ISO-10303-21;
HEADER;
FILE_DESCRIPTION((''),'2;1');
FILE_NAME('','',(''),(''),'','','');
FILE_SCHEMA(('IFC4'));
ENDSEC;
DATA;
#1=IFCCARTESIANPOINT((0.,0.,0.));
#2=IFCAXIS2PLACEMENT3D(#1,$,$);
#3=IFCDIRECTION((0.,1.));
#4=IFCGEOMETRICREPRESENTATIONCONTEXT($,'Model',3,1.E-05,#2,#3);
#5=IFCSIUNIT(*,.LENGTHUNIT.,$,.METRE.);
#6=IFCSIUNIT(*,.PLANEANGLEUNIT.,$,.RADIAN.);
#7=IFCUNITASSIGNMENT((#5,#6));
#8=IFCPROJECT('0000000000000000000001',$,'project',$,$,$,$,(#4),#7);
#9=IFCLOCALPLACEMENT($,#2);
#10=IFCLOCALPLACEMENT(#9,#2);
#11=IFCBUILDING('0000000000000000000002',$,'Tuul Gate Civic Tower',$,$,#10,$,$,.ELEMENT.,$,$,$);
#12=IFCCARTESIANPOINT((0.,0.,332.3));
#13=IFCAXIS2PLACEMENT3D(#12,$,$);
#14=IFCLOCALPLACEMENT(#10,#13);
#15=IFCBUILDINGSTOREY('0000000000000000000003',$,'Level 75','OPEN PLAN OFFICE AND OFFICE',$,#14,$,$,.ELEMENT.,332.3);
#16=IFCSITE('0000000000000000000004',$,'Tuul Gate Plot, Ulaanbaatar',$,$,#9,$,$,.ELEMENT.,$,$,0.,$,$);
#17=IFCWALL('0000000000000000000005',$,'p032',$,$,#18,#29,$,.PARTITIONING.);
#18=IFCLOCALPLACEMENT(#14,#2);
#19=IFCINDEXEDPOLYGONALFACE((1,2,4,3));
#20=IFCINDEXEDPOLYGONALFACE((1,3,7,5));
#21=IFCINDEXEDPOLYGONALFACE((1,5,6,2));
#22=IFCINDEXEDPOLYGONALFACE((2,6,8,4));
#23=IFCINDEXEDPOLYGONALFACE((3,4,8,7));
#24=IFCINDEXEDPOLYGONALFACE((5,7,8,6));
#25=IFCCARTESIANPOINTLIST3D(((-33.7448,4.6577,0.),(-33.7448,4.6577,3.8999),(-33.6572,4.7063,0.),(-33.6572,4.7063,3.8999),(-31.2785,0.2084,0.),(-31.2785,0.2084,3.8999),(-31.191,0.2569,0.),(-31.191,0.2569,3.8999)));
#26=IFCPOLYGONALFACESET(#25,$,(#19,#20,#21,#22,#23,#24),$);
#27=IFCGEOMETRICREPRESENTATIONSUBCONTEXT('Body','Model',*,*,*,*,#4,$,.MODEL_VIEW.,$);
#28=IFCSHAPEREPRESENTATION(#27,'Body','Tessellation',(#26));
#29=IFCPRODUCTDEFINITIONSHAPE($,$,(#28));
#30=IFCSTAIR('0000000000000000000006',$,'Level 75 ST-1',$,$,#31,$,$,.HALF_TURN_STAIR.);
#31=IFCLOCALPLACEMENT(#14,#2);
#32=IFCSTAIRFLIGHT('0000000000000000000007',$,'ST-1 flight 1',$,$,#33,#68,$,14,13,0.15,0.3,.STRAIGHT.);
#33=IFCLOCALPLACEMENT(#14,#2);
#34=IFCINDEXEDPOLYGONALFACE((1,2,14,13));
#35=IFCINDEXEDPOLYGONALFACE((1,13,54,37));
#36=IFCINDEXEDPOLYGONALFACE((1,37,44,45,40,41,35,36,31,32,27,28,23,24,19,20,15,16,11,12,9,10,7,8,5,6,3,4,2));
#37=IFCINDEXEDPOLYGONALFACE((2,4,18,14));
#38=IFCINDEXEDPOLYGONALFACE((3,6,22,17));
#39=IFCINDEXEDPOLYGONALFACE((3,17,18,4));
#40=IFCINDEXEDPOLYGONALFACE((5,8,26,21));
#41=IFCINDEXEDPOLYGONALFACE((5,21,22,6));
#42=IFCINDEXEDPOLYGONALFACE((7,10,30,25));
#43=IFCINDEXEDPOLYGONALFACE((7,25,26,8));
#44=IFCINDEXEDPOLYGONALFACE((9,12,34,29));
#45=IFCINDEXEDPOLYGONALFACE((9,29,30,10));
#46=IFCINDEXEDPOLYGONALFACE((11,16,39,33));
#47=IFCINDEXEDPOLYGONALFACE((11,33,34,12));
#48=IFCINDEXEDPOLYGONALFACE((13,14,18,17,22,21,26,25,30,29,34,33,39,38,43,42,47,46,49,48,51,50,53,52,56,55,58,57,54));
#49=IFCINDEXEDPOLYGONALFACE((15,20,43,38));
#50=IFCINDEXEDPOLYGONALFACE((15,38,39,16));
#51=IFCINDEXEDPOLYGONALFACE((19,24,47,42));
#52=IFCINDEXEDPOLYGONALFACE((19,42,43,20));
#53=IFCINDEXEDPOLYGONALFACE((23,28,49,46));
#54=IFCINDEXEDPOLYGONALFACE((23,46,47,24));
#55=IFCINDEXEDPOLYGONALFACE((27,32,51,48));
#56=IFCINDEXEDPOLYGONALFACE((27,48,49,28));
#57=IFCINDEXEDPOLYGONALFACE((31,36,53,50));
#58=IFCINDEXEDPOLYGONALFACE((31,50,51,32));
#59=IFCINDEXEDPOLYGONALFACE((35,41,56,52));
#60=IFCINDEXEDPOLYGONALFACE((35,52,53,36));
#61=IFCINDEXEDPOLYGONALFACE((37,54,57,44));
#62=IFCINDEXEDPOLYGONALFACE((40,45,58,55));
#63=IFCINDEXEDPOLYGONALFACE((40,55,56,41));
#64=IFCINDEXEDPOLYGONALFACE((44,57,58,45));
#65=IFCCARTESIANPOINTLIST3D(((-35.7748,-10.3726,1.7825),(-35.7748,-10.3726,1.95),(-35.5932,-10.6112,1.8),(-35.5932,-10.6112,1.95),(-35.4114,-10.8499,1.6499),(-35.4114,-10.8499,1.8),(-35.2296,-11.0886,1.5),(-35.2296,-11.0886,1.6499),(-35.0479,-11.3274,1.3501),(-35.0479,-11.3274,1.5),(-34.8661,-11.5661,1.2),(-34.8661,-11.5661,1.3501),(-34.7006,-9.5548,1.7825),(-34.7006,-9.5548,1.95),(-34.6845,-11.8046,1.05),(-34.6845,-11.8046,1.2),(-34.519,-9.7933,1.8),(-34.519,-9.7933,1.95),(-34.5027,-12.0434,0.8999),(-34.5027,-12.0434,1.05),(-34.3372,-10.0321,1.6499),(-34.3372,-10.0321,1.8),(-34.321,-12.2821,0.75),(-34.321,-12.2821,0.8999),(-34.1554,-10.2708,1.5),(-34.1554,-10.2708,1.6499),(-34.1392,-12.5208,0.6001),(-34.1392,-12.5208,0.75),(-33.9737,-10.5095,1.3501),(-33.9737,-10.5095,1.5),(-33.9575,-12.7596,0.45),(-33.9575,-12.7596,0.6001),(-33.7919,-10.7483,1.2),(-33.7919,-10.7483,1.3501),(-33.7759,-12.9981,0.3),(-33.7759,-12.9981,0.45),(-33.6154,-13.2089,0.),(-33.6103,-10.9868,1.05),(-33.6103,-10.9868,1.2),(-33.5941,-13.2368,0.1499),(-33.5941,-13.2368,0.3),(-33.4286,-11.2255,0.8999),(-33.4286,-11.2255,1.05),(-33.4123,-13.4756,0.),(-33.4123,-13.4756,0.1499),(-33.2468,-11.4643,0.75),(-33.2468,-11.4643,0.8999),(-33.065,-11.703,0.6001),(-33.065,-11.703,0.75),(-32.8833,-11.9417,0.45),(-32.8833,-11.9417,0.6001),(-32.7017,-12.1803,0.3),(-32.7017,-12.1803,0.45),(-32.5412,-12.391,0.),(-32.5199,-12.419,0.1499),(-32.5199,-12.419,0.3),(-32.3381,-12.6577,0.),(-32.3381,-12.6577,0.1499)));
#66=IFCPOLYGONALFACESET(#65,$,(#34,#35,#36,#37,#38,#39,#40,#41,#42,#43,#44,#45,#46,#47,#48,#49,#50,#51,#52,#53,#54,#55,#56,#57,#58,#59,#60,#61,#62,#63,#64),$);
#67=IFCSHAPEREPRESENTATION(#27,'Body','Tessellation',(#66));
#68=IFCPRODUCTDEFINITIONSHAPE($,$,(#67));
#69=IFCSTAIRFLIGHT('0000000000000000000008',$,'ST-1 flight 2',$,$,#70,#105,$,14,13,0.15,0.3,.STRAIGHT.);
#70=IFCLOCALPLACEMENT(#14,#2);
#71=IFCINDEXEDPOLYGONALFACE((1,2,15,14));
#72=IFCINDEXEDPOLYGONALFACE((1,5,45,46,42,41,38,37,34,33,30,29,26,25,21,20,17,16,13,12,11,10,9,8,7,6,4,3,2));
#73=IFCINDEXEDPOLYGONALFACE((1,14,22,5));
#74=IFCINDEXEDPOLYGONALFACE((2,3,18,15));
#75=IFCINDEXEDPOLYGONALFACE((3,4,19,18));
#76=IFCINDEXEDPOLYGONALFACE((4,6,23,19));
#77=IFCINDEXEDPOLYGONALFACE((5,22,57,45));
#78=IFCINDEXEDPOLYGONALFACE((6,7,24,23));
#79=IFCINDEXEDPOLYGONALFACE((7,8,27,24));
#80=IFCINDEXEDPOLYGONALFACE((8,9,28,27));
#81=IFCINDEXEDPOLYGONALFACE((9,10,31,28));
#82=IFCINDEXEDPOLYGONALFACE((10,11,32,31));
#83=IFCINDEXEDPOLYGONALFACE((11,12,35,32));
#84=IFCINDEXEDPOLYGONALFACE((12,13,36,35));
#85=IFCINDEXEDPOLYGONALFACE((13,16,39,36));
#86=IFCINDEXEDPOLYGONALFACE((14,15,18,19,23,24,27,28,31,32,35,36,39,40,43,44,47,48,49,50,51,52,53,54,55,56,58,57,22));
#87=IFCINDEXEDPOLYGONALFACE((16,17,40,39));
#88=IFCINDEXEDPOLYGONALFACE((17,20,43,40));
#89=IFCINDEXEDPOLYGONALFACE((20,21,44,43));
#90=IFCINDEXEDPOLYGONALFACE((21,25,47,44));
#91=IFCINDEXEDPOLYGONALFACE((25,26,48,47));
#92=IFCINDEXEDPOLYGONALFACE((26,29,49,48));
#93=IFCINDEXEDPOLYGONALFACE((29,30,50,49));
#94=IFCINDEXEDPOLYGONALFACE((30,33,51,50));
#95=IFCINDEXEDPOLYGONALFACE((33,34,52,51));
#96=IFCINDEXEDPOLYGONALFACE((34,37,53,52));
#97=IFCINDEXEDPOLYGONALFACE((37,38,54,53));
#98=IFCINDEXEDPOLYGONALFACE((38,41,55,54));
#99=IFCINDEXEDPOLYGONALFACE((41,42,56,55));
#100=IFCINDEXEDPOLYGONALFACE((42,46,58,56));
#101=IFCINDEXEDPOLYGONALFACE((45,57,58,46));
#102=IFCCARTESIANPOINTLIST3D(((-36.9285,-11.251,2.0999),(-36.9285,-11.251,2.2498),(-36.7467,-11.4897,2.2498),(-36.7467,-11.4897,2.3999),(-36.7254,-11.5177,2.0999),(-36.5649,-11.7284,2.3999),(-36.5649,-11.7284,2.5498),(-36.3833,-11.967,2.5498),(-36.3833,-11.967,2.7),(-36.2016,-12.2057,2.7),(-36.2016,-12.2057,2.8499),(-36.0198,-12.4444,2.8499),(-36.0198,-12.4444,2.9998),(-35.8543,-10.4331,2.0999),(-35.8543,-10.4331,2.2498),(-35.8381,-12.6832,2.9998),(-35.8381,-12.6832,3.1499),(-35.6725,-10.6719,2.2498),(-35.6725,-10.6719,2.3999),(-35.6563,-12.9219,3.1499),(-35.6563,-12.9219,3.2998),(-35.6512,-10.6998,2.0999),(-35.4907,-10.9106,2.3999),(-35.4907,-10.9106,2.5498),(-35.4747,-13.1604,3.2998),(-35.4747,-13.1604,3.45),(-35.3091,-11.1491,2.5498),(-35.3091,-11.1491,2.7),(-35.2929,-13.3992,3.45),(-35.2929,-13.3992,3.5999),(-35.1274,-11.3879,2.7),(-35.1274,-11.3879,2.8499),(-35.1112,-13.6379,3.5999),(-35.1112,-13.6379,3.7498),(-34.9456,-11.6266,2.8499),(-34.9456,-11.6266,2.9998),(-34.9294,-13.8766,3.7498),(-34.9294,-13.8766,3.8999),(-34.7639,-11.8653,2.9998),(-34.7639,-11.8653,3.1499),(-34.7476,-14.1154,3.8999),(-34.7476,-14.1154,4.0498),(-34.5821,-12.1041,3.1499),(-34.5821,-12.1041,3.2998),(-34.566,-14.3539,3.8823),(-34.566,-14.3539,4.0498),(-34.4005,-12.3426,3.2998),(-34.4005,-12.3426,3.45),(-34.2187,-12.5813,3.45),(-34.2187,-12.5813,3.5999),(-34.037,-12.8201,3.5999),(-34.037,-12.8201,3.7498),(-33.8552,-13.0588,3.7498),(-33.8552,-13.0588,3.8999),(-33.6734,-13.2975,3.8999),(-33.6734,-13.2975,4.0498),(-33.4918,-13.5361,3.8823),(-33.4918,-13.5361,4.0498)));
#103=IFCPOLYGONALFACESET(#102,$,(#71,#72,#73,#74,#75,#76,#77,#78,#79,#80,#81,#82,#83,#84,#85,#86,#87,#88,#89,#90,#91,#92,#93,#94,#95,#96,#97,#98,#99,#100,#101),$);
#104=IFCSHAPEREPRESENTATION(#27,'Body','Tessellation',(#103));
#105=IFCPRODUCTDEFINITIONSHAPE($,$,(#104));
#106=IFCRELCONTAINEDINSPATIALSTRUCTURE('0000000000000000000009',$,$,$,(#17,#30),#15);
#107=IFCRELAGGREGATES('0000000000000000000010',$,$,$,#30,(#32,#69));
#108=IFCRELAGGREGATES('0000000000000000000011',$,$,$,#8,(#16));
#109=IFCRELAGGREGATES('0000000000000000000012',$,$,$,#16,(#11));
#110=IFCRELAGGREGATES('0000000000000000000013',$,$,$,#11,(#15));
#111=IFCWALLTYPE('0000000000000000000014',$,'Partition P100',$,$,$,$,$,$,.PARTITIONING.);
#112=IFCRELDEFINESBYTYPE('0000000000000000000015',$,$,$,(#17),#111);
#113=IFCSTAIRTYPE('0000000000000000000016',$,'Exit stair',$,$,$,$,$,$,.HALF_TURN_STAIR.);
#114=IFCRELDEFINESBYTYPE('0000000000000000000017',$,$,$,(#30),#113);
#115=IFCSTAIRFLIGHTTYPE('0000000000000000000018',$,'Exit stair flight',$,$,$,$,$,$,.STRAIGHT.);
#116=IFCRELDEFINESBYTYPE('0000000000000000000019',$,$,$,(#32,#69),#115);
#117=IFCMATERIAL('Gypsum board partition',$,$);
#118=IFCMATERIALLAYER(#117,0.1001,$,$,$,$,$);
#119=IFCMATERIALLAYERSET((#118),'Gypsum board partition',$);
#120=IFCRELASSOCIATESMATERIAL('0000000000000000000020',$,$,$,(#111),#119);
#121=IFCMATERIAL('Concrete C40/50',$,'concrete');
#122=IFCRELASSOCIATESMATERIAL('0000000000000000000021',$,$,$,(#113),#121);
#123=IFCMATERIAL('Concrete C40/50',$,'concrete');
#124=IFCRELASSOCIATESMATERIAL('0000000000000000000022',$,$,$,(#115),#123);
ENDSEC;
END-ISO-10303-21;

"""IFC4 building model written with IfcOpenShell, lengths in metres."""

from ifc_helpers import new_model, si_unit, direction, frame, frame_2d, origin, place, context, subcontext, project, spatial, polyline, rectangle, outline, extrude, material, layer, layer_set, type_object, element, aggregate, save


model = new_model("IFC4")

# Units and contexts
model_context = context("Model", 3, precision=1e-05, world=origin(), true_north=direction((0.0, 1.0)))
body_context = subcontext(model_context, "Body", "Model", "MODEL_VIEW")
ifc_project = project(units=[si_unit("LENGTHUNIT", "METRE"), si_unit("PLANEANGLEUNIT", "RADIAN")], contexts=[model_context])

# Site, building, storey
site_placement = place(None, origin())
site = spatial("IfcSite", under=ifc_project, at=site_placement, Name="Tuul Gate Plot, Ulaanbaatar", CompositionType="ELEMENT", RefElevation=0.0)
building_placement = place(site_placement, origin())
building = spatial("IfcBuilding", under=site, at=building_placement, Name="Tuul Gate Civic Tower", CompositionType="ELEMENT")
storey_placement = place(building_placement, frame((0.0, 0.0, 332.3)))
storey = spatial("IfcBuildingStorey", under=building, at=storey_placement, Name="Level 75", Description="OPEN PLAN OFFICE AND OFFICE", CompositionType="ELEMENT", Elevation=332.3)

# Wall
ifc_material_1 = material(Name="Gypsum board partition")
ifc_layer_1 = layer(ifc_material_1, 0.1001)
ifc_layer_set_1 = layer_set([ifc_layer_1], Name="Gypsum board partition")
wall_type_1 = type_object("IfcWallType", Name="Partition P100", PredefinedType="PARTITIONING", material=ifc_layer_set_1)
wall_1_placement = place(storey_placement, frame((-33.7009, 4.6819, 0.0), z_axis=(0.0, 0.0, 1.0), x_axis=(0.484799, -0.874625, 0.0)))
element("IfcWall", 1, at=wall_1_placement, inside=storey, type_object=wall_type_1, Name="p032", PredefinedType="PARTITIONING", context=body_context, shape_type="SweptSolid", body=[
    extrude(rectangle(XDim=5.0872, YDim=0.1001, at=frame_2d((2.5435, 0.0))), origin(), (0.0, 0.0, 1.0), 3.8999),
])

# Stair, stair flights
ifc_material_2 = material(Name="Concrete C40/50", Category="concrete")
stair_type = type_object("IfcStairType", Name="Exit stair", PredefinedType="HALF_TURN_STAIR", material=ifc_material_2)
stair_placement = place(storey_placement, origin())
stair = element("IfcStair", 2, at=stair_placement, inside=storey, type_object=stair_type, Name="Level 75 ST-1", PredefinedType="HALF_TURN_STAIR")
ifc_material_3 = material(Name="Concrete C40/50", Category="concrete")
stair_flight_type = type_object("IfcStairFlightType", Name="Exit stair flight", PredefinedType="STRAIGHT", material=ifc_material_3)
stair_flight_1_placement = place(storey_placement, frame((-32.8752, -13.0667, 0.0), z_axis=(0.0, 0.0, 1.0), x_axis=(-0.605764, 0.795644, 0.0)))
stair_flight_1 = element("IfcStairFlight", 3, at=stair_flight_1_placement, type_object=stair_flight_type, Name="ST-1 flight 1", NumberOfRisers=14, NumberOfTreads=13, PredefinedType="STRAIGHT", RiserHeight=0.15, TreadLength=0.3, context=body_context, shape_type="SweptSolid", body=[
    extrude(outline(polyline([(0.0, 0.0), (0.0, 0.1499), (0.3, 0.1499), (0.3, 0.3), (0.6001, 0.3), (0.6001, 0.45), (0.8999, 0.45), (0.8999, 0.6001), (1.2, 0.6001), (1.2, 0.75), (1.5, 0.75), (1.5, 0.8999), (1.8, 0.8999), (1.8, 1.05), (2.1001, 1.05), (2.1001, 1.2), (2.3999, 1.2), (2.3999, 1.3501), (2.7, 1.3501), (2.7, 1.5), (3.0, 1.5), (3.0, 1.6499), (3.3, 1.6499), (3.3, 1.8), (3.6001, 1.8), (3.6001, 1.95), (3.8999, 1.95), (3.8999, 2.1001), (3.8999, 1.7825), (0.3352, 0.0), (0.0, 0.0)])), frame((0.0, 0.675, 0.0), z_axis=(0.0, -1.0, 0.0), x_axis=(1.0, 0.0, 0.0)), (0.0, 0.0, 1.0), 1.3501),
])
stair_flight_2_placement = place(storey_placement, frame((-36.3914, -10.842, 2.0999), z_axis=(0.0, 0.0, 1.0), x_axis=(0.605764, -0.795644, 0.0)))
stair_flight_2 = element("IfcStairFlight", 4, at=stair_flight_2_placement, type_object=stair_flight_type, Name="ST-1 flight 2", NumberOfRisers=14, NumberOfTreads=13, PredefinedType="STRAIGHT", RiserHeight=0.15, TreadLength=0.3, context=body_context, shape_type="SweptSolid", body=[
    extrude(outline(polyline([(0.0, 0.0), (0.0, 0.1499), (0.3, 0.1499), (0.3, 0.3), (0.6001, 0.3), (0.6001, 0.45), (0.8999, 0.45), (0.8999, 0.6001), (1.2, 0.6001), (1.2, 0.75), (1.5, 0.75), (1.5, 0.8999), (1.8, 0.8999), (1.8, 1.05), (2.1001, 1.05), (2.1001, 1.2), (2.3999, 1.2), (2.3999, 1.3501), (2.7, 1.3501), (2.7, 1.5), (3.0, 1.5), (3.0, 1.6499), (3.3, 1.6499), (3.3, 1.8), (3.6001, 1.8), (3.6001, 1.95), (3.8999, 1.95), (3.8999, 2.1001), (3.8999, 1.7825), (0.3352, 0.0), (0.0, 0.0)])), frame((0.0, 0.675, 0.0), z_axis=(0.0, -1.0, 0.0), x_axis=(1.0, 0.0, 0.0)), (0.0, 0.0, 1.0), 1.3501),
])
aggregate(stair, [stair_flight_1, stair_flight_2])

save(model, "model.ifc")
